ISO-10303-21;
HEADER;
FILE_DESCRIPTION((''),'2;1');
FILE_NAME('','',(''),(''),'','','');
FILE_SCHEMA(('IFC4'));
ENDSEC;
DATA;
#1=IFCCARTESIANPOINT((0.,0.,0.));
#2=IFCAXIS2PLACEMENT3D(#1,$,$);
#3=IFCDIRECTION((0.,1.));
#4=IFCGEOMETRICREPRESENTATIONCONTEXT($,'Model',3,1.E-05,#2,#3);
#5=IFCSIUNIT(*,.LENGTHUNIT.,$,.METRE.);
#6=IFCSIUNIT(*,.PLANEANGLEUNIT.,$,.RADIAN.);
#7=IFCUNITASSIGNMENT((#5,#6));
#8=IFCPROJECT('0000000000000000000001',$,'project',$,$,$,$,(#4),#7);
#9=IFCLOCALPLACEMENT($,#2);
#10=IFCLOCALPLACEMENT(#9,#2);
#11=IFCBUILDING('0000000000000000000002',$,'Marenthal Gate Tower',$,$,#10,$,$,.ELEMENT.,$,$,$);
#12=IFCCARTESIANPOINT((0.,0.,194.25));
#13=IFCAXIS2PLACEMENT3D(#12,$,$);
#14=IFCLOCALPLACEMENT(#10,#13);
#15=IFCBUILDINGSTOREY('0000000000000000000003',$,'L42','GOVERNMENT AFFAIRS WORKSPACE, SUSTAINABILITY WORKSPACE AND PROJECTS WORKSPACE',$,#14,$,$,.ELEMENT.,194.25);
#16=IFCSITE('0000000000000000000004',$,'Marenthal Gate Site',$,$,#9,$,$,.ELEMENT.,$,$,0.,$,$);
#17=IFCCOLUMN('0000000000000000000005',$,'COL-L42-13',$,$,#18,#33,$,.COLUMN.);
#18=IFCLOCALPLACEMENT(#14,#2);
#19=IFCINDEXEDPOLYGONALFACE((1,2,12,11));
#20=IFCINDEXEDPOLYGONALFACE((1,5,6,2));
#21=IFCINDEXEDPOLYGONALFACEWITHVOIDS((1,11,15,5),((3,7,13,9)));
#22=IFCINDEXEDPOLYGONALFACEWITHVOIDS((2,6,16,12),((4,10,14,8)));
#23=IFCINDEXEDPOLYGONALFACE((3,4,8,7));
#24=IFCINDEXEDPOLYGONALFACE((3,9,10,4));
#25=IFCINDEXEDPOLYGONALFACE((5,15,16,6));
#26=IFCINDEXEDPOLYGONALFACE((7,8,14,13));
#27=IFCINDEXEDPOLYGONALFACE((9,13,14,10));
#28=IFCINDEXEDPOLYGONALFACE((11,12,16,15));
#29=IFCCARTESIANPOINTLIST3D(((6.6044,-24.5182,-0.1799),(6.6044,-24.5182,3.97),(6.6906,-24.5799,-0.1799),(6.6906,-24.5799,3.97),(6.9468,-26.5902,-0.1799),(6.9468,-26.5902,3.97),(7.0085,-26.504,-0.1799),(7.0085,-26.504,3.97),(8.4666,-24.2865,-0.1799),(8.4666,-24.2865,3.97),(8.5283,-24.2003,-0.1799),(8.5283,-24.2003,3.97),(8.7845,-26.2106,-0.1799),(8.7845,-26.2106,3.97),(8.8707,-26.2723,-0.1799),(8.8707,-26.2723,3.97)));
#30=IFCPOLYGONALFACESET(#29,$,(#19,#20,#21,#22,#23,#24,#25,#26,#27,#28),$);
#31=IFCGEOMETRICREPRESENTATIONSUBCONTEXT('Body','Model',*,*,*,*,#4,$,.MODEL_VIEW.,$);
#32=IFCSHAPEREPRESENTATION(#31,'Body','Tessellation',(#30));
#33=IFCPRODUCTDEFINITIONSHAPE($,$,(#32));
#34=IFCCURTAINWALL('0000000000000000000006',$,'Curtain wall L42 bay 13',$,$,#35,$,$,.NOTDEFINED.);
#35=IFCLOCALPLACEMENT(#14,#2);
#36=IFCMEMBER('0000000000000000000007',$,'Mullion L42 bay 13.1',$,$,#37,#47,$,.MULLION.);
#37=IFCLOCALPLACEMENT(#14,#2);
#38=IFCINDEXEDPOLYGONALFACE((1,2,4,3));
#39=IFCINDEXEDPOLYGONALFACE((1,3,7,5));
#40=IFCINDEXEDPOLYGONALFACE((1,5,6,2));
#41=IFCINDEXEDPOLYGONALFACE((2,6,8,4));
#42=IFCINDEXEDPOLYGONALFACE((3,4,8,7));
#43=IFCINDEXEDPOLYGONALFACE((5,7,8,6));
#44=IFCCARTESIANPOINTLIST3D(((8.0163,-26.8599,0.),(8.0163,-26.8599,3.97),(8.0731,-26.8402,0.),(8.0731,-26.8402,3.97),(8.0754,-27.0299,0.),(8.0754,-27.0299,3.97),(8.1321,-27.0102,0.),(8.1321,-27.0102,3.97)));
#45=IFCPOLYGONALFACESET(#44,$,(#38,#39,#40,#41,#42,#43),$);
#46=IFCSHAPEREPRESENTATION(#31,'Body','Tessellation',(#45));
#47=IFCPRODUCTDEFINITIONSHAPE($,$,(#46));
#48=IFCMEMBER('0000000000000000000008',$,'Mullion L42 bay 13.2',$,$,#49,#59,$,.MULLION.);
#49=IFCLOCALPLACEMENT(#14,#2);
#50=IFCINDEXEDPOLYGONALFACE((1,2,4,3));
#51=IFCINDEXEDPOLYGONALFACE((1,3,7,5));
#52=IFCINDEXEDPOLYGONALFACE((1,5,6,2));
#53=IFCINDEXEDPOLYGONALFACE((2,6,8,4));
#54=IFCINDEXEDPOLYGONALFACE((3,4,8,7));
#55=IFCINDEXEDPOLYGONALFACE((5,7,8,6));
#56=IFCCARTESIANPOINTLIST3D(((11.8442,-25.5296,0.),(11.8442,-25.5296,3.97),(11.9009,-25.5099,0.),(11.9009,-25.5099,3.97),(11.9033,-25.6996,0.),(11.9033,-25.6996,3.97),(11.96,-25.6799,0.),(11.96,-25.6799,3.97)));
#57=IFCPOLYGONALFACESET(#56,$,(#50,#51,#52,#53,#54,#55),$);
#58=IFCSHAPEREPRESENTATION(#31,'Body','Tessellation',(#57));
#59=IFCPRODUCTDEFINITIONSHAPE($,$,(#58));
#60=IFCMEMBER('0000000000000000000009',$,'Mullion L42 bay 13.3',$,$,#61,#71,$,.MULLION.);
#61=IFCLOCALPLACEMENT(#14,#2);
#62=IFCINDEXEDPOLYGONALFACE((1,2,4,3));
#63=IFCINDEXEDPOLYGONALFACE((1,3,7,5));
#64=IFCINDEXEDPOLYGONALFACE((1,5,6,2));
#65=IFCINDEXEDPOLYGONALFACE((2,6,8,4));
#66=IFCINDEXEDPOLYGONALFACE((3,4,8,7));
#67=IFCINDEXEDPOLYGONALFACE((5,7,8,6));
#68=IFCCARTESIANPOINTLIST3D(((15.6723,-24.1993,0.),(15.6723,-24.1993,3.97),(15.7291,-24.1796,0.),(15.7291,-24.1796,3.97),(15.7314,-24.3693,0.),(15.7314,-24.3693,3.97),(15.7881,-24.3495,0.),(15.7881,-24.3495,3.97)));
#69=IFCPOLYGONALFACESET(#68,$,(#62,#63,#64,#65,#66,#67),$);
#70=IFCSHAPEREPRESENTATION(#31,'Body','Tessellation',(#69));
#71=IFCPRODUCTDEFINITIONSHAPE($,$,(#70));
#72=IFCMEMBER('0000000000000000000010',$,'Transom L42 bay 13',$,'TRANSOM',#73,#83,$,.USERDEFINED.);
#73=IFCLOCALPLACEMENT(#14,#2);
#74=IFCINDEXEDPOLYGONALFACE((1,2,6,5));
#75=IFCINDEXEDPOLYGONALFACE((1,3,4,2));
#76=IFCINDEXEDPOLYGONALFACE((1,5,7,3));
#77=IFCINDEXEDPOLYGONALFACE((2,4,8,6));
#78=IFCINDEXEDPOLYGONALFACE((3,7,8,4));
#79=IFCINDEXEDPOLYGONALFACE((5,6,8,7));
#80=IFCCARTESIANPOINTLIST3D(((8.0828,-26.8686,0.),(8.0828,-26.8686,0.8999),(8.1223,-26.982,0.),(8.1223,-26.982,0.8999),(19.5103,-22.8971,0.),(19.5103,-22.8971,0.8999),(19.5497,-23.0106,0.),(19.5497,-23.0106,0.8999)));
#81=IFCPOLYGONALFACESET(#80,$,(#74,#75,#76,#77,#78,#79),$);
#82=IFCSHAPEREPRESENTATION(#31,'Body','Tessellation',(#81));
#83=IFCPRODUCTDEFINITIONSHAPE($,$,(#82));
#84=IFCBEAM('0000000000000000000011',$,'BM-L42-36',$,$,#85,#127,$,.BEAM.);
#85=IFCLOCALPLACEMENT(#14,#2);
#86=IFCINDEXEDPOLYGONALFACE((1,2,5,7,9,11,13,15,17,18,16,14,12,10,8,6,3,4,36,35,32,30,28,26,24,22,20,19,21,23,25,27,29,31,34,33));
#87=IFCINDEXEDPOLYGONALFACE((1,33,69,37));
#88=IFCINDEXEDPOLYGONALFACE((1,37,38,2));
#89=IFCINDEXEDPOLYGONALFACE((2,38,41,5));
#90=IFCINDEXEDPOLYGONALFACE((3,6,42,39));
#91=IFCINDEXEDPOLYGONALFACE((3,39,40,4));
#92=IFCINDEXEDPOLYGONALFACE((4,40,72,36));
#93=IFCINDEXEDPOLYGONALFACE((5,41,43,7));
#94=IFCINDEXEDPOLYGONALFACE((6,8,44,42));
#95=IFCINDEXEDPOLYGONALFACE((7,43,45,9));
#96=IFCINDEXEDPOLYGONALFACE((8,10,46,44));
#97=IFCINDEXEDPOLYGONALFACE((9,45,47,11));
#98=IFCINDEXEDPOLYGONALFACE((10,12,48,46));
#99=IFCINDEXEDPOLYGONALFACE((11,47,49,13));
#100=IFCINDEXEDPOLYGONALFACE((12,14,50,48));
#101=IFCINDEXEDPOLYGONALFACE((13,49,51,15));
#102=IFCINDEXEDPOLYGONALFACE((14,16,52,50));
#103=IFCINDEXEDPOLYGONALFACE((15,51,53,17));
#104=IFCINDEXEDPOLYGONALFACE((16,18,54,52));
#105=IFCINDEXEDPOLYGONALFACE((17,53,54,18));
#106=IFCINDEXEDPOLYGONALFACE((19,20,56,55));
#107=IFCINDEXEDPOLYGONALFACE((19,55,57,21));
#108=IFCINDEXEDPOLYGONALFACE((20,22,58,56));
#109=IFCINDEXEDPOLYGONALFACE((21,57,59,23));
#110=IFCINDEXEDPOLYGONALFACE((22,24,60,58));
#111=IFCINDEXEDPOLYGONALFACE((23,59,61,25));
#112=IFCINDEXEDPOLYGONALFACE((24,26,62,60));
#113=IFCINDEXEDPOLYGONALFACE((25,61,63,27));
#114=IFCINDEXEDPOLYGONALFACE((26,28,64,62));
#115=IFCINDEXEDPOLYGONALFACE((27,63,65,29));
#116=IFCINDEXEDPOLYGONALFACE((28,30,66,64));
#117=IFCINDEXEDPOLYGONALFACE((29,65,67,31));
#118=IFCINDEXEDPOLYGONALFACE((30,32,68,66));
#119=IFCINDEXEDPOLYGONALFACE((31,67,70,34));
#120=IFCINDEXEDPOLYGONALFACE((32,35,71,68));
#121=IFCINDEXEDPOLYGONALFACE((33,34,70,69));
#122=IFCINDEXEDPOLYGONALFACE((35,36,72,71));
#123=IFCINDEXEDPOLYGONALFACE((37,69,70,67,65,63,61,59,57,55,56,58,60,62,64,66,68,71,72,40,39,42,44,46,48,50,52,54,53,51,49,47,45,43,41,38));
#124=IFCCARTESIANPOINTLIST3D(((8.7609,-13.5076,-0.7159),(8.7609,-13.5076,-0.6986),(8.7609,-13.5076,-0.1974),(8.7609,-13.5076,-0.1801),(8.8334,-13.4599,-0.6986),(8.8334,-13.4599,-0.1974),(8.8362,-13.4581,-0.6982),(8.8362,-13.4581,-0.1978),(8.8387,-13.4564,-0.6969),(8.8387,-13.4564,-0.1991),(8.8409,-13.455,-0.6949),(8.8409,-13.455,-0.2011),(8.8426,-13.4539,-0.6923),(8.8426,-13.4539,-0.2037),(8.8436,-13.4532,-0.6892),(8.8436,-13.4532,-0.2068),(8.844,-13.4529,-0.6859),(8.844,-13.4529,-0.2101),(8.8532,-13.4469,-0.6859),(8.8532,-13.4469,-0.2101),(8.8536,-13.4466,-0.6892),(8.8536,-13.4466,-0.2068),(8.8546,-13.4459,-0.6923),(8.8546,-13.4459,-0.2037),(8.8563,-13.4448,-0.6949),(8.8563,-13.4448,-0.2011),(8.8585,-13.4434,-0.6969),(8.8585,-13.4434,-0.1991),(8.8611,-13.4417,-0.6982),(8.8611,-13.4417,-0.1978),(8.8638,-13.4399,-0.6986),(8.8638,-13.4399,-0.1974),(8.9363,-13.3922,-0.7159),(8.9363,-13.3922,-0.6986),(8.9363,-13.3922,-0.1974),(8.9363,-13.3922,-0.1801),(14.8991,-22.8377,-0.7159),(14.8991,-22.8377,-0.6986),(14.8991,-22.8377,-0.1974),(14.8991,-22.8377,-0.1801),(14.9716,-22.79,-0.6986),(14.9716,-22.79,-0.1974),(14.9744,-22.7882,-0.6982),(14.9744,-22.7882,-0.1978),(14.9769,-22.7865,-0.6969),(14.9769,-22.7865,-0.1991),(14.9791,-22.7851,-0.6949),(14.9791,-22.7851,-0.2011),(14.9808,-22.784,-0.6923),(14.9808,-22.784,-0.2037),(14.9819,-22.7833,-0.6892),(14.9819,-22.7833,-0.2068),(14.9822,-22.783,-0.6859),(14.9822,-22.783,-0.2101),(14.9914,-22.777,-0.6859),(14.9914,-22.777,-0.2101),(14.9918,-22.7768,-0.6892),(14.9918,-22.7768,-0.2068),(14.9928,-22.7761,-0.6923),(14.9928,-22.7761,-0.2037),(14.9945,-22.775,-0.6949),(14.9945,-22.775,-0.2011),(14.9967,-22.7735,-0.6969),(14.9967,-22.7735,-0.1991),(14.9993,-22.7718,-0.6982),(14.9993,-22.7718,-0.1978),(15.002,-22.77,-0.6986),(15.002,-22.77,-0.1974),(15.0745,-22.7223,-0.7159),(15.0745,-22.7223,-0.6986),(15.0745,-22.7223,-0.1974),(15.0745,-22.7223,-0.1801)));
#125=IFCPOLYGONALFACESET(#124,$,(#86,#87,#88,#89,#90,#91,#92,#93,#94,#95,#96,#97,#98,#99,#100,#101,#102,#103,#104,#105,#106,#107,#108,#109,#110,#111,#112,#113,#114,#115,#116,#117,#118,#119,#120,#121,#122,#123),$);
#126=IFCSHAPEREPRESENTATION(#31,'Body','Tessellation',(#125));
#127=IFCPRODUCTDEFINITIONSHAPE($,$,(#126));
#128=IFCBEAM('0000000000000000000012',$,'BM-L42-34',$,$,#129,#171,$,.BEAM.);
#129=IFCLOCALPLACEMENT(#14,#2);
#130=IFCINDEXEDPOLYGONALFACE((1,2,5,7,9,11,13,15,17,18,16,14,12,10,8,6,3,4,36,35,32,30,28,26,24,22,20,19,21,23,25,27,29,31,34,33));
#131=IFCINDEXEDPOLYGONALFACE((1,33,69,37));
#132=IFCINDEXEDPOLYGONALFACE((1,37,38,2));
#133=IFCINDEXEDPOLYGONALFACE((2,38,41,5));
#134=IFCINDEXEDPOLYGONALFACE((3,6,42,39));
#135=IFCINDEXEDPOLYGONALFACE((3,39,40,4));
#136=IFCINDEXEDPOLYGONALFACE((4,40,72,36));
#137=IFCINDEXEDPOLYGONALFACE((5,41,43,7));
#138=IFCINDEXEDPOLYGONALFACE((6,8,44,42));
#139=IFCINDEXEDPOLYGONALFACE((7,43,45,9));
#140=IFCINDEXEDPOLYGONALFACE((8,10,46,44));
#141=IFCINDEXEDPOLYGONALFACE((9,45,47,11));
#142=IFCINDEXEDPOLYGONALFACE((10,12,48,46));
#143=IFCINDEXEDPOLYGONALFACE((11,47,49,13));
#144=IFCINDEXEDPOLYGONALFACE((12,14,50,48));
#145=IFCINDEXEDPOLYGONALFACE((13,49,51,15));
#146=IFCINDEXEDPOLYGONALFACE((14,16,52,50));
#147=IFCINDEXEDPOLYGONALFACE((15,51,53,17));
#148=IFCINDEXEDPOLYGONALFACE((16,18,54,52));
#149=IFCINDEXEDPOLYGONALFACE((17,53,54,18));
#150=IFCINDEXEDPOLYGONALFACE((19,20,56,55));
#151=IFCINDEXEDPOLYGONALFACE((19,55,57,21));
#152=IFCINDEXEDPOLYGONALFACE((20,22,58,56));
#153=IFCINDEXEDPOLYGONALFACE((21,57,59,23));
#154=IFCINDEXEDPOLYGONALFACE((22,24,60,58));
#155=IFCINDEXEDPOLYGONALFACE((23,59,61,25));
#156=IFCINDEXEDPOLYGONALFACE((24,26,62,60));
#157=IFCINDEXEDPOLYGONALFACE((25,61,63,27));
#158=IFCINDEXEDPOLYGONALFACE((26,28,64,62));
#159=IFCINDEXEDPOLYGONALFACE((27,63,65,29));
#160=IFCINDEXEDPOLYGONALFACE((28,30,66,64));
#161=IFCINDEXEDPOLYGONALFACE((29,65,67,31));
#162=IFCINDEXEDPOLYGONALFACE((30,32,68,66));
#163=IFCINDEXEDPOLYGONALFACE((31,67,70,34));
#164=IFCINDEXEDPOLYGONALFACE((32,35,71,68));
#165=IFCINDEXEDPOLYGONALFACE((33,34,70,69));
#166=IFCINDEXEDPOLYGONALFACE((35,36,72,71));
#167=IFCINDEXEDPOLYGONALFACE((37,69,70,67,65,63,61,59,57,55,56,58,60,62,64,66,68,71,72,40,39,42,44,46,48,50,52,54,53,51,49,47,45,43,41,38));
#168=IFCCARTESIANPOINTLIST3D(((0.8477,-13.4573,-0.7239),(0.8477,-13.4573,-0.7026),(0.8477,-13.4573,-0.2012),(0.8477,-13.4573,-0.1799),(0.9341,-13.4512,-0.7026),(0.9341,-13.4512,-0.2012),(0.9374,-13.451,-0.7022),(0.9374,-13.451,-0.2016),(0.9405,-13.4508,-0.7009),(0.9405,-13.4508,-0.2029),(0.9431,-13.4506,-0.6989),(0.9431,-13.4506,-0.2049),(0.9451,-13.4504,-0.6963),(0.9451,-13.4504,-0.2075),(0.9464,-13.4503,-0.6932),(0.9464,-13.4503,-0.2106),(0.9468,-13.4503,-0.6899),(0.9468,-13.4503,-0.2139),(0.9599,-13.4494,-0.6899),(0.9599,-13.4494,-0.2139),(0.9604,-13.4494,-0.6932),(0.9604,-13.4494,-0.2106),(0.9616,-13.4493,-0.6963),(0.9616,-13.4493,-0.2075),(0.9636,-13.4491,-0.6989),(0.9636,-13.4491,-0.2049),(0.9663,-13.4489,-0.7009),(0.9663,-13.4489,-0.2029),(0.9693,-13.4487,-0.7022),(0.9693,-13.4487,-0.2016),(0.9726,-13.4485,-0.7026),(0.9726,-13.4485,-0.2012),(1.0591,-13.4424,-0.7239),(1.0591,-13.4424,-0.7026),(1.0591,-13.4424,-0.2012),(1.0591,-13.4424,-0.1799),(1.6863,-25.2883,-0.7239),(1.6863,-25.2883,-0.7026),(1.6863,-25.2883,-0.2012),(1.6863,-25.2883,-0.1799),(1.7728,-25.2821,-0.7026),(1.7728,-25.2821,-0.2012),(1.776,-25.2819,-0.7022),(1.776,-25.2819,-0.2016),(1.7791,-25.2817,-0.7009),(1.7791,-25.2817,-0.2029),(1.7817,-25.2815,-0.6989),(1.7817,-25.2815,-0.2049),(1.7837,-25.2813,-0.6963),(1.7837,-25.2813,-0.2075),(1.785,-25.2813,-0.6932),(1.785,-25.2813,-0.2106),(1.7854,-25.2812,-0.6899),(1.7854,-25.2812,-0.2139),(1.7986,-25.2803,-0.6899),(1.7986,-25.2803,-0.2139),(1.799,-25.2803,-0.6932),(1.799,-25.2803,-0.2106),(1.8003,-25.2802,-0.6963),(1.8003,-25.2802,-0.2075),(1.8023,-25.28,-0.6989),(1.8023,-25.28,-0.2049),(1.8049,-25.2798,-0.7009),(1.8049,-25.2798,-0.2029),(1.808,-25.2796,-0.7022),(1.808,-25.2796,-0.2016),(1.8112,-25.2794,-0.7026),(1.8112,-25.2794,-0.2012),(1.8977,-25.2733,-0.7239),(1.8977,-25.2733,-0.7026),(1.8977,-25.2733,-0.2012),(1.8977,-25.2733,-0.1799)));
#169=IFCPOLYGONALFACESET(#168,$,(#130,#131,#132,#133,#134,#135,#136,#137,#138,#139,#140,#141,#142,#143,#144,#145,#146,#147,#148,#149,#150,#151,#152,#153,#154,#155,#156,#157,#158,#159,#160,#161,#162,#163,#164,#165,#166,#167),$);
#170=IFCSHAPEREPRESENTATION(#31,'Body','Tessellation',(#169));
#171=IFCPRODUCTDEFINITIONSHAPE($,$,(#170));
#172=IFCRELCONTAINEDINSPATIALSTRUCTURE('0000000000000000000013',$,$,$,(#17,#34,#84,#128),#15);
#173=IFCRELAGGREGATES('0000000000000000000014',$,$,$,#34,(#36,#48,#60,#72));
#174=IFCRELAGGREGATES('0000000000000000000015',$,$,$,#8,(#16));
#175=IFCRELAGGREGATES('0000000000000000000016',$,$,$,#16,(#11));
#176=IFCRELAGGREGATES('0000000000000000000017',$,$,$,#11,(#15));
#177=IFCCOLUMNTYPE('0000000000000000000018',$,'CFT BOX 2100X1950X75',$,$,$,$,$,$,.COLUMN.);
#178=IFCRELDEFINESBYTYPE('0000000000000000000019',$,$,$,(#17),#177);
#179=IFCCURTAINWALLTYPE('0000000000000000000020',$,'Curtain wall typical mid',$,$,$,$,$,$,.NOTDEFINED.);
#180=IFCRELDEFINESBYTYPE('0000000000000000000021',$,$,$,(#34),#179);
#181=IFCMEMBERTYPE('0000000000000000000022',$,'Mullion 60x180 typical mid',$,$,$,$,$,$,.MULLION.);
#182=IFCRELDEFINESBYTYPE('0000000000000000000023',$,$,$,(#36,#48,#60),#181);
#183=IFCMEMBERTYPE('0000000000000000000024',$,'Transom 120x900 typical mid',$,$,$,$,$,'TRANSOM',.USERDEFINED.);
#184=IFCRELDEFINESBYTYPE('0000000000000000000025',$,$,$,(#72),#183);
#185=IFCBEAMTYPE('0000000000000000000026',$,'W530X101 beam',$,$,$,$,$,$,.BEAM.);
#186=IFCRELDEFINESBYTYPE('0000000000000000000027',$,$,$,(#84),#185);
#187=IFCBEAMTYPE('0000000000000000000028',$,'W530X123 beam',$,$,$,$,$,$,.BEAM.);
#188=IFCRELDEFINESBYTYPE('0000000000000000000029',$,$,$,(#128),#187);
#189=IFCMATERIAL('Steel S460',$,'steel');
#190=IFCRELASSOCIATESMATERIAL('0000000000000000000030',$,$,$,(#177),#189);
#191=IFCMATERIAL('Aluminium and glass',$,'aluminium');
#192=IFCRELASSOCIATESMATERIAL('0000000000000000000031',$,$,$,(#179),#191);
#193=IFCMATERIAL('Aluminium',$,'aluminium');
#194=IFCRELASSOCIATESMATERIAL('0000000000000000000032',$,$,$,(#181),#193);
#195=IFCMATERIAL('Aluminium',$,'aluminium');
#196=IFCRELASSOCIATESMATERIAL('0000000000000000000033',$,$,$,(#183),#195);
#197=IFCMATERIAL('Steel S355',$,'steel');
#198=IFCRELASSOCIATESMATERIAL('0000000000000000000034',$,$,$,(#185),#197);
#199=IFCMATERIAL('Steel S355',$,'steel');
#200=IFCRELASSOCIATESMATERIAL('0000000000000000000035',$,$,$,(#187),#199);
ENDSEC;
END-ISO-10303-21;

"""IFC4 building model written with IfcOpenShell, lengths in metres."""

from ifc_helpers import new_model, si_unit, direction, frame, origin, origin_2d, place, context, subcontext, project, spatial, rectangle, hollow_rectangle, i_section, extrude, material, material_profile, profile_set, type_object, element, aggregate, save


model = new_model("IFC4")

# Units and contexts
model_context = context("Model", 3, precision=1e-05, world=origin(), true_north=direction((0.0, 1.0)))
body_context = subcontext(model_context, "Body", "Model", "MODEL_VIEW")
ifc_project = project(units=[si_unit("LENGTHUNIT", "METRE"), si_unit("PLANEANGLEUNIT", "RADIAN")], contexts=[model_context])

# Site, building, storey
site_placement = place(None, origin())
site = spatial("IfcSite", under=ifc_project, at=site_placement, Name="Marenthal Gate Site", CompositionType="ELEMENT", RefElevation=0.0)
building_placement = place(site_placement, origin())
building = spatial("IfcBuilding", under=site, at=building_placement, Name="Marenthal Gate Tower", CompositionType="ELEMENT")
storey_placement = place(building_placement, frame((0.0, 0.0, 194.25)))
storey = spatial("IfcBuildingStorey", under=building, at=storey_placement, Name="L42", Description="GOVERNMENT AFFAIRS WORKSPACE, SUSTAINABILITY WORKSPACE AND PROJECTS WORKSPACE", CompositionType="ELEMENT", Elevation=194.25)

# Column
ifc_material_1 = material(Name="Steel S460", Category="steel")
ifc_material_profile_1 = material_profile(ifc_material_1, hollow_rectangle(XDim=1.95, YDim=2.1001, WallThickness=0.075, at=origin_2d()), Name="CFT BOX 2100X1950X75")
ifc_material_2 = material(Name="Concrete 70 MPa", Category="concrete")
ifc_material_profile_2 = material_profile(ifc_material_2, rectangle(XDim=1.8, YDim=1.95, at=origin_2d()), Name="CFT BOX 2100X1950X75 INFILL")
ifc_profile_set_1 = profile_set([ifc_material_profile_1, ifc_material_profile_2], Name="Steel S460 shell, Concrete 70 MPa infill")
column_type = type_object("IfcColumnType", Name="CFT BOX 2100X1950X75", PredefinedType="COLUMN", material=ifc_profile_set_1)
column_placement = place(storey_placement, frame((7.7375, -25.3953, -0.1799), z_axis=(0.0, 0.0, 1.0), x_axis=(-0.986623, -0.163018, 0.0)))
element("IfcColumn", 1, at=column_placement, inside=storey, type_object=column_type, Name="COL-L42-13", PredefinedType="COLUMN", context=body_context, shape_type="SweptSolid", body=[
    extrude(hollow_rectangle(XDim=1.95, YDim=2.1001, WallThickness=0.075, at=origin_2d()), origin(), (0.0, 0.0, 1.0), 4.1499),
])

# Curtain wall, members
ifc_material_3 = material(Name="Aluminium and glass", Category="aluminium")
curtain_wall_type = type_object("IfcCurtainWallType", Name="Curtain wall typical mid", PredefinedType="NOTDEFINED", material=ifc_material_3)
curtain_wall_placement = place(storey_placement, origin())
curtain_wall = element("IfcCurtainWall", 2, at=curtain_wall_placement, inside=storey, type_object=curtain_wall_type, Name="Curtain wall L42 bay 13", PredefinedType="NOTDEFINED")
ifc_material_4 = material(Name="Aluminium", Category="aluminium")
ifc_material_profile_3 = material_profile(ifc_material_4, rectangle(XDim=0.1799, YDim=0.0601, at=origin_2d()), Name="60x180 aluminium mullion")
ifc_profile_set_2 = profile_set([ifc_material_profile_3], Name="Aluminium")
member_type_1 = type_object("IfcMemberType", Name="Mullion 60x180 typical mid", PredefinedType="MULLION", material=ifc_profile_set_2)
member_1_placement = place(storey_placement, frame((8.0742, -26.9351, 0.0), z_axis=(0.0, 0.0, 1.0), x_axis=(-0.328273, 0.944583, 0.0)))
member_1 = element("IfcMember", 3, at=member_1_placement, type_object=member_type_1, Name="Mullion L42 bay 13.1", PredefinedType="MULLION", context=body_context, shape_type="SweptSolid", body=[
    extrude(rectangle(XDim=0.1799, YDim=0.0601, at=origin_2d()), origin(), (0.0, 0.0, 1.0), 3.97),
])
member_2_placement = place(storey_placement, frame((11.9021, -25.6047, 0.0), z_axis=(0.0, 0.0, 1.0), x_axis=(-0.328273, 0.944583, 0.0)))
member_2 = element("IfcMember", 4, at=member_2_placement, type_object=member_type_1, Name="Mullion L42 bay 13.2", PredefinedType="MULLION", context=body_context, shape_type="SweptSolid", body=[
    extrude(rectangle(XDim=0.1799, YDim=0.0601, at=origin_2d()), origin(), (0.0, 0.0, 1.0), 3.97),
])
member_3_placement = place(storey_placement, frame((15.7302, -24.2744, 0.0), z_axis=(0.0, 0.0, 1.0), x_axis=(-0.328273, 0.944583, 0.0)))
member_3 = element("IfcMember", 5, at=member_3_placement, type_object=member_type_1, Name="Mullion L42 bay 13.3", PredefinedType="MULLION", context=body_context, shape_type="SweptSolid", body=[
    extrude(rectangle(XDim=0.1799, YDim=0.0601, at=origin_2d()), origin(), (0.0, 0.0, 1.0), 3.97),
])
ifc_material_5 = material(Name="Aluminium", Category="aluminium")
ifc_material_profile_4 = material_profile(ifc_material_5, rectangle(XDim=0.1201, YDim=0.8999, at=origin_2d()), Name="120x900 aluminium transom")
ifc_profile_set_3 = profile_set([ifc_material_profile_4], Name="Aluminium")
member_type_2 = type_object("IfcMemberType", Name="Transom 120x900 typical mid", ElementType="TRANSOM", PredefinedType="USERDEFINED", material=ifc_profile_set_3)
member_4_placement = place(storey_placement, frame((8.1025, -26.9253, 0.45), z_axis=(0.944583, 0.328274, 0.0), x_axis=(-0.328274, 0.944583, 0.0)))
member_4 = element("IfcMember", 6, at=member_4_placement, type_object=member_type_2, Name="Transom L42 bay 13", ObjectType="TRANSOM", PredefinedType="USERDEFINED", context=body_context, shape_type="SweptSolid", body=[
    extrude(rectangle(XDim=0.1201, YDim=0.8999, at=origin_2d()), origin(), (0.0, 0.0, 1.0), 12.0979),
])

# Beams
ifc_material_6 = material(Name="Steel S355", Category="steel")
ifc_material_profile_5 = material_profile(ifc_material_6, i_section(OverallWidth=0.21, OverallDepth=0.5359, WebThickness=0.011, FlangeThickness=0.0173, FilletRadius=0.0127, at=origin_2d()), Name="W530X101")
ifc_profile_set_4 = profile_set([ifc_material_profile_5], Name="Steel S355")
beam_type_1 = type_object("IfcBeamType", Name="W530X101 beam", PredefinedType="BEAM", material=ifc_profile_set_4)
beam_1_placement = place(storey_placement, frame((14.9868, -22.78, -0.448), z_axis=(-0.549615, 0.835418, 0.0), x_axis=(-0.835418, -0.549615, 0.0)))
element("IfcBeam", 7, at=beam_1_placement, inside=storey, type_object=beam_type_1, Name="BM-L42-36", PredefinedType="BEAM", context=body_context, shape_type="SweptSolid", body=[
    extrude(i_section(OverallWidth=0.21, OverallDepth=0.5359, WebThickness=0.011, FlangeThickness=0.0173, FilletRadius=0.0127, at=origin_2d()), origin(), (0.0, 0.0, 1.0), 11.1682),
])
ifc_material_7 = material(Name="Steel S355", Category="steel")
ifc_material_profile_6 = material_profile(ifc_material_7, i_section(OverallWidth=0.2119, OverallDepth=0.5439, WebThickness=0.0132, FlangeThickness=0.0212, FilletRadius=0.0127, at=origin_2d()), Name="W530X123")
ifc_profile_set_5 = profile_set([ifc_material_profile_6], Name="Steel S355")
beam_type_2 = type_object("IfcBeamType", Name="W530X123 beam", PredefinedType="BEAM", material=ifc_profile_set_5)
beam_2_placement = place(storey_placement, frame((1.792, -25.2808, -0.4519), z_axis=(-0.070707, 0.997497, 0.0), x_axis=(-0.997497, -0.070707, 0.0)))
element("IfcBeam", 8, at=beam_2_placement, inside=storey, type_object=beam_type_2, Name="BM-L42-34", PredefinedType="BEAM", context=body_context, shape_type="SweptSolid", body=[
    extrude(i_section(OverallWidth=0.2119, OverallDepth=0.5439, WebThickness=0.0132, FlangeThickness=0.0212, FilletRadius=0.0127, at=origin_2d()), origin(), (0.0, 0.0, 1.0), 11.8606),
])

aggregate(curtain_wall, [member_1, member_2, member_3, member_4])

save(model, "model.ifc")
